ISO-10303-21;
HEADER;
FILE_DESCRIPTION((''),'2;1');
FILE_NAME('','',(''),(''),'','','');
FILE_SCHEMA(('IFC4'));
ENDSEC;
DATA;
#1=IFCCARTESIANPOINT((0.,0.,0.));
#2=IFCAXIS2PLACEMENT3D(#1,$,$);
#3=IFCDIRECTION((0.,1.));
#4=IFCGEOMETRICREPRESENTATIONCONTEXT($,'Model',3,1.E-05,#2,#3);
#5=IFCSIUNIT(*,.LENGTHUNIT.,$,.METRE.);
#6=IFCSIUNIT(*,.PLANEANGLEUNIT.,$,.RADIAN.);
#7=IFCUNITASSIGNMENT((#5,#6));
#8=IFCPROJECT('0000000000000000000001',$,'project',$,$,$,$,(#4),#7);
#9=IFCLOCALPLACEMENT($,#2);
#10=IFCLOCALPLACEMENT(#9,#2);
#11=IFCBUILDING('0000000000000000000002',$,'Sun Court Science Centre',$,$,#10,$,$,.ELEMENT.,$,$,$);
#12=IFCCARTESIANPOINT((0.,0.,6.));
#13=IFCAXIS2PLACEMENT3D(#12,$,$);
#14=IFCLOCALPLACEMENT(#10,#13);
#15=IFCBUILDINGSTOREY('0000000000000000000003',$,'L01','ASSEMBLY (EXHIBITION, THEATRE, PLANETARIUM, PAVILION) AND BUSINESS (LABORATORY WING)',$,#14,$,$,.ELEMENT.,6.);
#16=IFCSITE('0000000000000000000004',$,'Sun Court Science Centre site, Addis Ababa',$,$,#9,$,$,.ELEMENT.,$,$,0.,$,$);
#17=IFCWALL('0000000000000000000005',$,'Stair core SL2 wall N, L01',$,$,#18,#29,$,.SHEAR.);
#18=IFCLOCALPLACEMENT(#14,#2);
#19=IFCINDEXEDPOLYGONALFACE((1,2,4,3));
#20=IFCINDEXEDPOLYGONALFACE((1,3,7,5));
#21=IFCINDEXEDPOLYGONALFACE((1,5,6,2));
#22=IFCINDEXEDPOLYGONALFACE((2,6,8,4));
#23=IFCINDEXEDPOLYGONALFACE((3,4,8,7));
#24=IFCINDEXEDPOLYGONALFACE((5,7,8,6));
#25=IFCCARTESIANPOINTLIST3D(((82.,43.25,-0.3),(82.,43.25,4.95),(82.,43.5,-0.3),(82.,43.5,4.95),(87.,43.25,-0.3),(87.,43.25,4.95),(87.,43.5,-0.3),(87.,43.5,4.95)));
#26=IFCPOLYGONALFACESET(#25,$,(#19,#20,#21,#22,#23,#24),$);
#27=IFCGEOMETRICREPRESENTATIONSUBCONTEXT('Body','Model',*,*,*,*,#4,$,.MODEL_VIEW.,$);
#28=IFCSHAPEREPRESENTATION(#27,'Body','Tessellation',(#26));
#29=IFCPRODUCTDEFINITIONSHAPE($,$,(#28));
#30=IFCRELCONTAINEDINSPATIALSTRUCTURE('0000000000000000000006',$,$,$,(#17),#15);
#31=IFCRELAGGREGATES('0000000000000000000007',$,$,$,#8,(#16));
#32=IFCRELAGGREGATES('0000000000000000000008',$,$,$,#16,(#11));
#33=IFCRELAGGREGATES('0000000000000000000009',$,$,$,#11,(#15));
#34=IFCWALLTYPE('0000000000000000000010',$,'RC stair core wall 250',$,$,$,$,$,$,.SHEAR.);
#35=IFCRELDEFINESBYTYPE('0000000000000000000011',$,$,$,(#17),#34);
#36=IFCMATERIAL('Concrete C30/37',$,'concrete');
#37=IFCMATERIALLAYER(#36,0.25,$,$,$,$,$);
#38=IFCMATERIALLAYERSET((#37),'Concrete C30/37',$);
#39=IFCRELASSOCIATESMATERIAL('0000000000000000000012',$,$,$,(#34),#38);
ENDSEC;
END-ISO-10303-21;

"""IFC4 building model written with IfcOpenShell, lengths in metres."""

from ifc_helpers import new_model, si_unit, direction, frame, frame_2d, origin, place, context, subcontext, project, spatial, rectangle, extrude, material, layer, layer_set, type_object, element, save


model = new_model("IFC4")

# Units and contexts
model_context = context("Model", 3, precision=1e-05, world=origin(), true_north=direction((0.0, 1.0)))
body_context = subcontext(model_context, "Body", "Model", "MODEL_VIEW")
ifc_project = project(units=[si_unit("LENGTHUNIT", "METRE"), si_unit("PLANEANGLEUNIT", "RADIAN")], contexts=[model_context])

# Site, building, storey
site_placement = place(None, origin())
site = spatial("IfcSite", under=ifc_project, at=site_placement, Name="Sun Court Science Centre site, Addis Ababa", CompositionType="ELEMENT", RefElevation=0.0)
building_placement = place(site_placement, origin())
building = spatial("IfcBuilding", under=site, at=building_placement, Name="Sun Court Science Centre", CompositionType="ELEMENT")
storey_placement = place(building_placement, frame((0.0, 0.0, 6.0)))
storey = spatial("IfcBuildingStorey", under=building, at=storey_placement, Name="L01", Description="ASSEMBLY (EXHIBITION, THEATRE, PLANETARIUM, PAVILION) AND BUSINESS (LABORATORY WING)", CompositionType="ELEMENT", Elevation=6.0)

# Wall
ifc_material_1 = material(Name="Concrete C30/37", Category="concrete")
ifc_layer_1 = layer(ifc_material_1, 0.25)
ifc_layer_set_1 = layer_set([ifc_layer_1], Name="Concrete C30/37")
wall_type_1 = type_object("IfcWallType", Name="RC stair core wall 250", PredefinedType="SHEAR", material=ifc_layer_set_1)
wall_1_placement = place(storey_placement, frame((82.0, 43.375, -0.3), z_axis=(0.0, 0.0, 1.0), x_axis=(1.0, 0.0, 0.0)))
element("IfcWall", 1, at=wall_1_placement, inside=storey, type_object=wall_type_1, Name="Stair core SL2 wall N, L01", PredefinedType="SHEAR", context=body_context, shape_type="SweptSolid", body=[
    extrude(rectangle(XDim=5.0, YDim=0.25, at=frame_2d((2.5, 0.0))), origin(), (0.0, 0.0, 1.0), 5.25),
])

save(model, "model.ifc")
